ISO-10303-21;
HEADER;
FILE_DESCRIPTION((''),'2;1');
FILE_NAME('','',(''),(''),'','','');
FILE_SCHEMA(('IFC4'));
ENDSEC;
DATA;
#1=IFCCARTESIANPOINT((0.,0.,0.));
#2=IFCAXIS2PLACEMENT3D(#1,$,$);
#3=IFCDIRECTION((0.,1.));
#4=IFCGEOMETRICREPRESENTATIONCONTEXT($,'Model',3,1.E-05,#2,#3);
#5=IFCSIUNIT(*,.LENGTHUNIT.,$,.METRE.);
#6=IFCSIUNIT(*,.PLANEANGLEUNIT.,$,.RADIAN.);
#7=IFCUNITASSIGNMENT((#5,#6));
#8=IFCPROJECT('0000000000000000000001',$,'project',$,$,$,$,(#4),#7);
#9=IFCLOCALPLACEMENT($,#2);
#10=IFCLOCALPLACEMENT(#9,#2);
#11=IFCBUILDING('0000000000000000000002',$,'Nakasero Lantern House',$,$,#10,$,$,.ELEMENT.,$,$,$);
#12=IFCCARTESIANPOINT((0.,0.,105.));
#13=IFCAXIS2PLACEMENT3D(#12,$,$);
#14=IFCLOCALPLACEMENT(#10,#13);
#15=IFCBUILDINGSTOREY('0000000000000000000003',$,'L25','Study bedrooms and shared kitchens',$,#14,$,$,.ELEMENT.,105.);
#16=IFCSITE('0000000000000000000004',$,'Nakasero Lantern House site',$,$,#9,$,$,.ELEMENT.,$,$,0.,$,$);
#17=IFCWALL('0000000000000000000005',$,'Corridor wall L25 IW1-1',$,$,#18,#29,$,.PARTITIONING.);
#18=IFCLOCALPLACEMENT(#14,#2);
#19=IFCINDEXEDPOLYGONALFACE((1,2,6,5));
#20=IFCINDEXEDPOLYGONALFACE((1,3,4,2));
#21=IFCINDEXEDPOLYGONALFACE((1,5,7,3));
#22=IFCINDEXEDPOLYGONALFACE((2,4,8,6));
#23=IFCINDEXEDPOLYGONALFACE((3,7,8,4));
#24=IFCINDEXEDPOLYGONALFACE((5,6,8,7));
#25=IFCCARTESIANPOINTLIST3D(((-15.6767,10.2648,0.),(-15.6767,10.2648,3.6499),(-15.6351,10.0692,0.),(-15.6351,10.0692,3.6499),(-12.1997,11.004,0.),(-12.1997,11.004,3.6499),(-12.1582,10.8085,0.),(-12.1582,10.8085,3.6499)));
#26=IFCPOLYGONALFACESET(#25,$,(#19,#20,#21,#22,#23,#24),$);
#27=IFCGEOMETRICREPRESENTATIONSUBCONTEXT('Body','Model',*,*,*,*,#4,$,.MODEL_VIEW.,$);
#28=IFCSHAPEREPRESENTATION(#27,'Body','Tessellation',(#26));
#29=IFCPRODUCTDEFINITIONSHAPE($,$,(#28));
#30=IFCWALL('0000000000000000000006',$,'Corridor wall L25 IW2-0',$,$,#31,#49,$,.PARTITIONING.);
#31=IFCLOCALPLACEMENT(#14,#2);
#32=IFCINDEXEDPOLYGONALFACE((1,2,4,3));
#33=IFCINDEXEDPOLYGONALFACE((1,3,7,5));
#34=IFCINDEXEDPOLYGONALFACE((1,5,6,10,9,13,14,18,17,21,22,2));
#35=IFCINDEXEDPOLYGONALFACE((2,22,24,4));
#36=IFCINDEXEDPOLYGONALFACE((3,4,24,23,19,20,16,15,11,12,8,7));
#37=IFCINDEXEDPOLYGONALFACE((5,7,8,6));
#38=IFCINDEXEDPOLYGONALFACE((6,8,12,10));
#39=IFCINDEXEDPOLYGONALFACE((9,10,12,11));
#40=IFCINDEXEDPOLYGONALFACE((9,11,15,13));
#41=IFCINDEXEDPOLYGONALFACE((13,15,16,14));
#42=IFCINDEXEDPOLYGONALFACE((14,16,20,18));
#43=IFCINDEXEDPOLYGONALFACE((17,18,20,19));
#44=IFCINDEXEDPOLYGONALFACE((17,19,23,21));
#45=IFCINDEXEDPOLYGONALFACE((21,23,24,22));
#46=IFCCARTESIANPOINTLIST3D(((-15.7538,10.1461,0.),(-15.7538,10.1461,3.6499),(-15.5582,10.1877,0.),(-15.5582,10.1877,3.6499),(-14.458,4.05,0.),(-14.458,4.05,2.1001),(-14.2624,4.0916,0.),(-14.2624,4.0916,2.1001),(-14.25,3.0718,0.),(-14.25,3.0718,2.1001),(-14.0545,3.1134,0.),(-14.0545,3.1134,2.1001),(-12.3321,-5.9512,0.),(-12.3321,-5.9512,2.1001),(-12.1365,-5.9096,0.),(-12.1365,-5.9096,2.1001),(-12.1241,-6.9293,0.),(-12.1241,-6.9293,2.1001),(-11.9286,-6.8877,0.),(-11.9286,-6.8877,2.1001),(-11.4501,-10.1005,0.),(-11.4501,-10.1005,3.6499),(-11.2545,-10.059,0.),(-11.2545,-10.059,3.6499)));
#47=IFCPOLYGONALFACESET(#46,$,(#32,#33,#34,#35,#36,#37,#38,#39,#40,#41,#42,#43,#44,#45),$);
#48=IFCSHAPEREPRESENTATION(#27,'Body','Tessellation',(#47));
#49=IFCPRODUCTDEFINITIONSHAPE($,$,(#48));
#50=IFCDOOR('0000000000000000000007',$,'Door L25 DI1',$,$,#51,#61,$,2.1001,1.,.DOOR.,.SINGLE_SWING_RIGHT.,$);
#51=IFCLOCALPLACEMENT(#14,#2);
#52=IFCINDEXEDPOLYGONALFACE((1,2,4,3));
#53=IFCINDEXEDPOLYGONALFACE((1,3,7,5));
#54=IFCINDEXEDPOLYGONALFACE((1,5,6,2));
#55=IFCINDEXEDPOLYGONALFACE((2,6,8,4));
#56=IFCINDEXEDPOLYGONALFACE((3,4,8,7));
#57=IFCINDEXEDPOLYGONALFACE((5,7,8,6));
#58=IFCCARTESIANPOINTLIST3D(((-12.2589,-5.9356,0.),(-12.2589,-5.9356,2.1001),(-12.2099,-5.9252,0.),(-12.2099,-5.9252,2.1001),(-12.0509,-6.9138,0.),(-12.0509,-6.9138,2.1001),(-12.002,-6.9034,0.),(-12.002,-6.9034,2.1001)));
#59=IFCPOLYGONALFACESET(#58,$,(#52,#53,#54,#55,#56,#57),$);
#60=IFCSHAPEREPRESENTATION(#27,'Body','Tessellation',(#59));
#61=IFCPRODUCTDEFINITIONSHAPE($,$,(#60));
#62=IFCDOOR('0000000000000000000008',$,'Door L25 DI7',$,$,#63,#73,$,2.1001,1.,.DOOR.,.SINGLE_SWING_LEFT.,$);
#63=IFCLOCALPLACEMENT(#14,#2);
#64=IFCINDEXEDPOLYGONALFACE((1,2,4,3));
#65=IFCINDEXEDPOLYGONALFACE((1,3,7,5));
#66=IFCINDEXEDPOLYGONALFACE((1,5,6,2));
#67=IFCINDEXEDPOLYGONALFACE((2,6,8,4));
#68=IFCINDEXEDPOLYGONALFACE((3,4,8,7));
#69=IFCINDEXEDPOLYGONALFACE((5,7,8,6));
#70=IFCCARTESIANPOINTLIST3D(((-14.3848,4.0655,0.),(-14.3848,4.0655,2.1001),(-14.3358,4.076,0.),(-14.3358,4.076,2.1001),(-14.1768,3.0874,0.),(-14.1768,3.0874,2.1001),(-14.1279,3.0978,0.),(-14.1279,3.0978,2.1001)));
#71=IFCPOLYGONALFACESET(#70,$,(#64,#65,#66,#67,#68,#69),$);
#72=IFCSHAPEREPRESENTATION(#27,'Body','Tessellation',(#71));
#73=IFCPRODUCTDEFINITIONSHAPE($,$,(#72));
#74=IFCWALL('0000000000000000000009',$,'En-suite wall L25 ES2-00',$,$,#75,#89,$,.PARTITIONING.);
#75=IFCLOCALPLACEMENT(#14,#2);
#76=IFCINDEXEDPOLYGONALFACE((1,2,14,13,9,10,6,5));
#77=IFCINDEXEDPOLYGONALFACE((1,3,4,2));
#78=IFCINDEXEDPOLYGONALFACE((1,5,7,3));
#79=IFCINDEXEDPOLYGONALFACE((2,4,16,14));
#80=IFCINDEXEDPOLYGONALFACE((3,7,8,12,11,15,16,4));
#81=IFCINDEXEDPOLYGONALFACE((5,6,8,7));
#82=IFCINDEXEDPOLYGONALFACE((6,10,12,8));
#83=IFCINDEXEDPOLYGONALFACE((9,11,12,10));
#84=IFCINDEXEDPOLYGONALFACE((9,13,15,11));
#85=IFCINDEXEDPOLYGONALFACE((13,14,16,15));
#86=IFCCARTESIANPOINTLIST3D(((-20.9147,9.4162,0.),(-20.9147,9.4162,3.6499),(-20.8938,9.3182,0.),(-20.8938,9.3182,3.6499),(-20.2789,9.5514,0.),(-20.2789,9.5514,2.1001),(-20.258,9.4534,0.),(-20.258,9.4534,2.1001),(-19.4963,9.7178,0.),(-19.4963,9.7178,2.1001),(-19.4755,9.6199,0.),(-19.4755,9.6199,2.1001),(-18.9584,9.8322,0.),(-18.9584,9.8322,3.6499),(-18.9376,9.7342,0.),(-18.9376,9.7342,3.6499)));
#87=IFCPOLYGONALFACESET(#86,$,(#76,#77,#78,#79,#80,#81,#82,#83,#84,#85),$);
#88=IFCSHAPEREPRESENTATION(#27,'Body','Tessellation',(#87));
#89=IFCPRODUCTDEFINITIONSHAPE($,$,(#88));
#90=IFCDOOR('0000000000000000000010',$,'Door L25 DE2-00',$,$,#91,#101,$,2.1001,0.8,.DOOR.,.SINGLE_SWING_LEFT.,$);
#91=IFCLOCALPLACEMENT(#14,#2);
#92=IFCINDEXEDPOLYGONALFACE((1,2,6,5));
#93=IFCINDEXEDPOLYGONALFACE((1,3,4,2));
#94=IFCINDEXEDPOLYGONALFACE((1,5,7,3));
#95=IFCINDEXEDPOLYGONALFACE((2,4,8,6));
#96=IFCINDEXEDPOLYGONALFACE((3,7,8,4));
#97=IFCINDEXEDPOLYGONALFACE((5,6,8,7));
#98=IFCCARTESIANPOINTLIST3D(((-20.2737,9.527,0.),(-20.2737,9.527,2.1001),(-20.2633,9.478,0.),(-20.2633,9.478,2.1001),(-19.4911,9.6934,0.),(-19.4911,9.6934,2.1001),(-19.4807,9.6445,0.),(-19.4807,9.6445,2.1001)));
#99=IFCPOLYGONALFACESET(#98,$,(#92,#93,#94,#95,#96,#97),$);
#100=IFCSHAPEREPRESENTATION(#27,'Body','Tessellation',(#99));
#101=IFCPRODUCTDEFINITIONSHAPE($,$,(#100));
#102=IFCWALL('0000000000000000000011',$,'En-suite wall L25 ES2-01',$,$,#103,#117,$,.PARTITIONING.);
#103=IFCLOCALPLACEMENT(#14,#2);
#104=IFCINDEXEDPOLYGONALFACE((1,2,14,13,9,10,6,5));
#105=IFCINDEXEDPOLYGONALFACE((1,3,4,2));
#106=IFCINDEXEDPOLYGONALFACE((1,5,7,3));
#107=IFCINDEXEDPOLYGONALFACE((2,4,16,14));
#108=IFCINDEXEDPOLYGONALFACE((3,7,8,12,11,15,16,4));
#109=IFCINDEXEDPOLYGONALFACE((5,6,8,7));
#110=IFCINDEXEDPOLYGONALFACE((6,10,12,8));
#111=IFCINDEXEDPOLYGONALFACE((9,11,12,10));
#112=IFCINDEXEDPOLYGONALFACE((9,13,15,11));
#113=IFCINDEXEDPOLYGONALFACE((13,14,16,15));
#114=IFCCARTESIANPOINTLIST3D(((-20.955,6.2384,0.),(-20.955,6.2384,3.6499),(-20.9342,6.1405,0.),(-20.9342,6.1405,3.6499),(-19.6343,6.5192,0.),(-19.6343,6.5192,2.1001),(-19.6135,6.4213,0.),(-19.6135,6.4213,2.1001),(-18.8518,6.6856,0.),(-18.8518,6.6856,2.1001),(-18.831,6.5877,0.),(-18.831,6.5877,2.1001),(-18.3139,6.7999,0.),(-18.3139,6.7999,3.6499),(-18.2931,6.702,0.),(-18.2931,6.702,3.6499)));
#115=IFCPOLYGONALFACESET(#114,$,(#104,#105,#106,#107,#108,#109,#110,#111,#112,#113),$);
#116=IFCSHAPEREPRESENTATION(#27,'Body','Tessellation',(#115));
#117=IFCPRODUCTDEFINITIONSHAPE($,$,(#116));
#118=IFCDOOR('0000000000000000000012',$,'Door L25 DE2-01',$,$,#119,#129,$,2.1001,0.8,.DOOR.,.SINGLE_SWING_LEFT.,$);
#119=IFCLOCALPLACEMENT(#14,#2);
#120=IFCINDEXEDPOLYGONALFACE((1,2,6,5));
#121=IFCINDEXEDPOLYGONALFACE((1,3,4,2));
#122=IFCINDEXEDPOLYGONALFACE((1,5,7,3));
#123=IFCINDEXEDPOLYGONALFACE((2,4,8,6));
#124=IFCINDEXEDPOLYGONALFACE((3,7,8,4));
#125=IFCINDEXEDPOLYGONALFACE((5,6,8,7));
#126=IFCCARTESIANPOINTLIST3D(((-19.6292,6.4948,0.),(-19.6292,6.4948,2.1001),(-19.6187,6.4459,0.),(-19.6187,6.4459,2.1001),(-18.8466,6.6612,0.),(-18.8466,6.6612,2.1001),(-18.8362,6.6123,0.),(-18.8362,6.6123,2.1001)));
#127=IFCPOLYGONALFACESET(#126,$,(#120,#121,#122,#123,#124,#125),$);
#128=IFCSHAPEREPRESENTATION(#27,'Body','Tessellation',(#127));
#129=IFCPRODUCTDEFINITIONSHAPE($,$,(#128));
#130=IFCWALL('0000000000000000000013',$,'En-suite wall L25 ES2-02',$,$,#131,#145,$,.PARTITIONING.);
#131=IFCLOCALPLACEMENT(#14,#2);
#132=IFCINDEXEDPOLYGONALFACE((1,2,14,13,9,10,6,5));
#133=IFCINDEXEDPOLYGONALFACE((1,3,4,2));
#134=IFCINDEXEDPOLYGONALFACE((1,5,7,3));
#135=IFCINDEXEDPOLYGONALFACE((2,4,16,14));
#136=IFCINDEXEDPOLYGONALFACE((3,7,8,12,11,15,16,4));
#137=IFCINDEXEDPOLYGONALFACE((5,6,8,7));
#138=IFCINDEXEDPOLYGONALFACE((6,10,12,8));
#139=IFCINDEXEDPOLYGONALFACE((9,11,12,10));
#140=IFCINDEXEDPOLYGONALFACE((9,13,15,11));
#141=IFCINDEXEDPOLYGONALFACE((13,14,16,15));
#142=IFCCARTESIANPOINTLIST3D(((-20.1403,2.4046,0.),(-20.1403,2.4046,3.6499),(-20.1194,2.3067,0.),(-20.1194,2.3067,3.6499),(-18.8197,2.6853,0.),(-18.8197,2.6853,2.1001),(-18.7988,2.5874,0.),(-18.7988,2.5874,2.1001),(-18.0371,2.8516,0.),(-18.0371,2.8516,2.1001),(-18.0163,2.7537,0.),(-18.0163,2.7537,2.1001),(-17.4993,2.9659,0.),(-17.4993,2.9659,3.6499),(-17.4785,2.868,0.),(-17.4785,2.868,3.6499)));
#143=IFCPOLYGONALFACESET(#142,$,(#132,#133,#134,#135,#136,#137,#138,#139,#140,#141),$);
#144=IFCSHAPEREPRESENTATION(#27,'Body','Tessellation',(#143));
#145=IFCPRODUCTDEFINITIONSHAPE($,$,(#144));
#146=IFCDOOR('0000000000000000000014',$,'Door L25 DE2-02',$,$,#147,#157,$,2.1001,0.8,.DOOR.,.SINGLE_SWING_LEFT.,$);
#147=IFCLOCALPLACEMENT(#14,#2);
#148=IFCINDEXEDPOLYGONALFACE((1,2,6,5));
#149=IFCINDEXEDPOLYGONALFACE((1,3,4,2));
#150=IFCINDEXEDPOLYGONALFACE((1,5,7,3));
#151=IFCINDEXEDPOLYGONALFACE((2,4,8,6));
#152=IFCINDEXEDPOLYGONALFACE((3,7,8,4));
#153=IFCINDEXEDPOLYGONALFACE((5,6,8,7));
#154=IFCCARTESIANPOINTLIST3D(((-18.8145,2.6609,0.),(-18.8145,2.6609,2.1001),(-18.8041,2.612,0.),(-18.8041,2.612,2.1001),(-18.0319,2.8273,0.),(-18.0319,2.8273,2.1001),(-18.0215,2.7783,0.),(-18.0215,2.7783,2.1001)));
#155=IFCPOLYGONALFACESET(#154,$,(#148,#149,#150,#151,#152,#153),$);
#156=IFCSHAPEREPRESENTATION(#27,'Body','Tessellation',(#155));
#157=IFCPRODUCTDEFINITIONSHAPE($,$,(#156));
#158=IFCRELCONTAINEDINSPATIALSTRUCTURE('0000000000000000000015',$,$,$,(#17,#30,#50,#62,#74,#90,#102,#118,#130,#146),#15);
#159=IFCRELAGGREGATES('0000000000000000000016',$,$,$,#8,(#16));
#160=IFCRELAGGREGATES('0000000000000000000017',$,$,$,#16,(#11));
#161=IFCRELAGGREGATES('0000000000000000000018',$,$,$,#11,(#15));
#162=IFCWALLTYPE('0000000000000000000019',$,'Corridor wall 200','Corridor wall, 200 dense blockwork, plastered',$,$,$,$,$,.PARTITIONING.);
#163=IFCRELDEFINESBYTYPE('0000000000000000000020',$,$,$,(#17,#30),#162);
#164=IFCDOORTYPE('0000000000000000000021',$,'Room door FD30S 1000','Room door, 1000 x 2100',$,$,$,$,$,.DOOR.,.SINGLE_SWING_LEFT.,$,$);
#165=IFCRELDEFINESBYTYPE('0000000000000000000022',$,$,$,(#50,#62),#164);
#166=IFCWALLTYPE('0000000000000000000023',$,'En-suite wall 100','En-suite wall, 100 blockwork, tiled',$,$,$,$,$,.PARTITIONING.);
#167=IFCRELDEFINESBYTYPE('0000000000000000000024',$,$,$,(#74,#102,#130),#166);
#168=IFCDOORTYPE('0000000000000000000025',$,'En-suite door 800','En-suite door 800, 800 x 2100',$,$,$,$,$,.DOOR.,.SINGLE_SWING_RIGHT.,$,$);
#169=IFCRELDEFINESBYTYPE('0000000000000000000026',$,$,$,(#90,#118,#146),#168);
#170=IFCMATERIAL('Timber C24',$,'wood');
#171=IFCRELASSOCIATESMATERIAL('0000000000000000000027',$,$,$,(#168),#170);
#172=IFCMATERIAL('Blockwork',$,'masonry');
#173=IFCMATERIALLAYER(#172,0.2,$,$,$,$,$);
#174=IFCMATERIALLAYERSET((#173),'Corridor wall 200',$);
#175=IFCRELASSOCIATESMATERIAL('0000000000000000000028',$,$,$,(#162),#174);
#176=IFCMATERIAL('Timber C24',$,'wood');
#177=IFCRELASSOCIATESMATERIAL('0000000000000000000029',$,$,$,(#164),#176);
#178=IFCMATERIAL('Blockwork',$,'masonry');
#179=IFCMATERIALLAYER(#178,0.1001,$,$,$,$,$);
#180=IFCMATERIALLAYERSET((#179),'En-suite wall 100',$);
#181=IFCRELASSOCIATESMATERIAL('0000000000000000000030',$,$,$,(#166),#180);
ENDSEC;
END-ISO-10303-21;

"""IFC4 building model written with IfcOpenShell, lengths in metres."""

from ifc_helpers import new_model, si_unit, direction, frame, frame_2d, origin, place, context, subcontext, project, spatial, rectangle, extrude, material, layer, layer_set, type_object, element, fill, save


model = new_model("IFC4")

# Units and contexts
model_context = context("Model", 3, precision=1e-05, world=origin(), true_north=direction((0.0, 1.0)))
body_context = subcontext(model_context, "Body", "Model", "MODEL_VIEW")
ifc_project = project(units=[si_unit("LENGTHUNIT", "METRE"), si_unit("PLANEANGLEUNIT", "RADIAN")], contexts=[model_context])

# Site, building, storey
site_placement = place(None, origin())
site = spatial("IfcSite", under=ifc_project, at=site_placement, Name="Nakasero Lantern House site", CompositionType="ELEMENT", RefElevation=0.0)
building_placement = place(site_placement, origin())
building = spatial("IfcBuilding", under=site, at=building_placement, Name="Nakasero Lantern House", CompositionType="ELEMENT")
storey_placement = place(building_placement, frame((0.0, 0.0, 105.0)))
storey = spatial("IfcBuildingStorey", under=building, at=storey_placement, Name="L25", Description="Study bedrooms and shared kitchens", CompositionType="ELEMENT", Elevation=105.0)

# Shared definitions
ifc_material_1 = material(Name="Timber C24", Category="wood")
door_type_1 = type_object("IfcDoorType", Name="En-suite door 800", Description="En-suite door 800, 800 x 2100", OperationType="SINGLE_SWING_RIGHT", PredefinedType="DOOR", material=ifc_material_1)

# Wall
ifc_material_2 = material(Name="Blockwork", Category="masonry")
ifc_layer_1 = layer(ifc_material_2, 0.2)
ifc_layer_set_1 = layer_set([ifc_layer_1], Name="Corridor wall 200")
wall_type_1 = type_object("IfcWallType", Name="Corridor wall 200", Description="Corridor wall, 200 dense blockwork, plastered", PredefinedType="PARTITIONING", material=ifc_layer_set_1)
wall_1_placement = place(storey_placement, frame((-12.179, 10.9062, 0.0), z_axis=(0.0, 0.0, 1.0), x_axis=(-0.978137, -0.207962, 0.0)))
element("IfcWall", 1, at=wall_1_placement, inside=storey, type_object=wall_type_1, Name="Corridor wall L25 IW1-1", PredefinedType="PARTITIONING", context=body_context, shape_type="SweptSolid", body=[
    extrude(rectangle(XDim=3.5547, YDim=0.2, at=frame_2d((1.7773, 0.0))), origin(), (0.0, 0.0, 1.0), 3.6499),
])

# Wall, openings, doors
wall_2_placement = place(storey_placement, frame((-15.656, 10.167, 0.0), z_axis=(0.0, 0.0, 1.0), x_axis=(0.207919, -0.978146, 0.0)))
wall_2 = element("IfcWall", 2, at=wall_2_placement, inside=storey, type_object=wall_type_1, Name="Corridor wall L25 IW2-0", PredefinedType="PARTITIONING", context=body_context, shape_type="SweptSolid", body=[
    extrude(rectangle(XDim=20.699, YDim=0.2, at=frame_2d((10.3496, 0.0))), origin(), (0.0, 0.0, 1.0), 3.6499),
])
opening_1_placement = place(wall_2_placement, frame((16.457, 0.0, 0.0)))
opening_1 = element("IfcOpeningElement", 3, at=opening_1_placement, cuts=wall_2, PredefinedType="OPENING", context=body_context, shape_type="SweptSolid", body=[
    extrude(rectangle(XDim=1.0, YDim=2.1001, at=frame_2d((0.5, 1.05))), frame((0.0, 0.1199, 0.0), z_axis=(0.0, -1.0, 0.0), x_axis=(1.0, 0.0, 0.0)), (0.0, 0.0, 1.0), 0.24),
])
opening_2_placement = place(wall_2_placement, frame((6.2324, 0.0, 0.0)))
opening_2 = element("IfcOpeningElement", 4, at=opening_2_placement, cuts=wall_2, PredefinedType="OPENING", context=body_context, shape_type="SweptSolid", body=[
    extrude(rectangle(XDim=1.0, YDim=2.1001, at=frame_2d((0.5, 1.05))), frame((0.0, 0.1199, 0.0), z_axis=(0.0, -1.0, 0.0), x_axis=(1.0, 0.0, 0.0)), (0.0, 0.0, 1.0), 0.24),
])
ifc_material_3 = material(Name="Timber C24", Category="wood")
door_type_2 = type_object("IfcDoorType", Name="Room door FD30S 1000", Description="Room door, 1000 x 2100", OperationType="SINGLE_SWING_LEFT", PredefinedType="DOOR", material=ifc_material_3)
door_1_placement = place(opening_1_placement, origin())
door_1 = element("IfcDoor", 5, at=door_1_placement, inside=storey, type_object=door_type_2, Name="Door L25 DI1", OperationType="SINGLE_SWING_RIGHT", OverallHeight=2.1001, OverallWidth=1.0, PredefinedType="DOOR", context=body_context, shape_type="SweptSolid", body=[
    extrude(rectangle(XDim=1.0, YDim=2.1001, at=frame_2d((0.5, 1.05))), frame((0.0, 0.0249, 0.0), z_axis=(0.0, -1.0, 0.0), x_axis=(1.0, 0.0, 0.0)), (0.0, 0.0, 1.0), 0.05),
])
fill(opening_1, door_1)
door_2_placement = place(opening_2_placement, origin())
door_2 = element("IfcDoor", 6, at=door_2_placement, inside=storey, type_object=door_type_2, Name="Door L25 DI7", OperationType="SINGLE_SWING_LEFT", OverallHeight=2.1001, OverallWidth=1.0, PredefinedType="DOOR", context=body_context, shape_type="SweptSolid", body=[
    extrude(rectangle(XDim=1.0, YDim=2.1001, at=frame_2d((0.5, 1.05))), frame((0.0, 0.0249, 0.0), z_axis=(0.0, -1.0, 0.0), x_axis=(1.0, 0.0, 0.0)), (0.0, 0.0, 1.0), 0.05),
])
fill(opening_2, door_2)

# Walls, openings, doors
ifc_material_4 = material(Name="Blockwork", Category="masonry")
ifc_layer_2 = layer(ifc_material_4, 0.1001)
ifc_layer_set_2 = layer_set([ifc_layer_2], Name="En-suite wall 100")
wall_type_2 = type_object("IfcWallType", Name="En-suite wall 100", Description="En-suite wall, 100 blockwork, tiled", PredefinedType="PARTITIONING", material=ifc_layer_set_2)
wall_3_placement = place(storey_placement, frame((-18.948, 9.7832, 0.0), z_axis=(0.0, 0.0, 1.0), x_axis=(-0.978128, -0.208003, 0.0)))
wall_3 = element("IfcWall", 7, at=wall_3_placement, inside=storey, type_object=wall_type_2, Name="En-suite wall L25 ES2-00", PredefinedType="PARTITIONING", context=body_context, shape_type="SweptSolid", body=[
    extrude(rectangle(XDim=2.0, YDim=0.1001, at=frame_2d((1.0, 0.0))), origin(), (0.0, 0.0, 1.0), 3.6499),
])
opening_3_placement = place(wall_3_placement, frame((0.55, 0.0, 0.0)))
opening_3 = element("IfcOpeningElement", 8, at=opening_3_placement, cuts=wall_3, PredefinedType="OPENING", context=body_context, shape_type="SweptSolid", body=[
    extrude(rectangle(XDim=0.8, YDim=2.1001, at=frame_2d((0.3999, 1.05))), frame((0.0, 0.0701, 0.0), z_axis=(0.0, -1.0, 0.0), x_axis=(1.0, 0.0, 0.0)), (0.0, 0.0, 1.0), 0.1401),
])
door_3_placement = place(opening_3_placement, origin())
door_3 = element("IfcDoor", 9, at=door_3_placement, inside=storey, type_object=door_type_1, Name="Door L25 DE2-00", OperationType="SINGLE_SWING_LEFT", OverallHeight=2.1001, OverallWidth=0.8, PredefinedType="DOOR", context=body_context, shape_type="SweptSolid", body=[
    extrude(rectangle(XDim=0.8, YDim=2.1001, at=frame_2d((0.3999, 1.05))), frame((0.0, 0.0249, 0.0), z_axis=(0.0, -1.0, 0.0), x_axis=(1.0, 0.0, 0.0)), (0.0, 0.0, 1.0), 0.05),
])
fill(opening_3, door_3)
wall_4_placement = place(storey_placement, frame((-18.3035, 6.751, 0.0), z_axis=(0.0, 0.0, 1.0), x_axis=(-0.978137, -0.20796, 0.0)))
wall_4 = element("IfcWall", 10, at=wall_4_placement, inside=storey, type_object=wall_type_2, Name="En-suite wall L25 ES2-01", PredefinedType="PARTITIONING", context=body_context, shape_type="SweptSolid", body=[
    extrude(rectangle(XDim=2.7002, YDim=0.1001, at=frame_2d((1.3501, 0.0))), origin(), (0.0, 0.0, 1.0), 3.6499),
])
opening_4_placement = place(wall_4_placement, frame((0.55, 0.0, 0.0)))
opening_4 = element("IfcOpeningElement", 11, at=opening_4_placement, cuts=wall_4, PredefinedType="OPENING", context=body_context, shape_type="SweptSolid", body=[
    extrude(rectangle(XDim=0.8, YDim=2.1001, at=frame_2d((0.3999, 1.05))), frame((0.0, 0.0701, 0.0), z_axis=(0.0, -1.0, 0.0), x_axis=(1.0, 0.0, 0.0)), (0.0, 0.0, 1.0), 0.1401),
])
door_4_placement = place(opening_4_placement, origin())
door_4 = element("IfcDoor", 12, at=door_4_placement, inside=storey, type_object=door_type_1, Name="Door L25 DE2-01", OperationType="SINGLE_SWING_LEFT", OverallHeight=2.1001, OverallWidth=0.8, PredefinedType="DOOR", context=body_context, shape_type="SweptSolid", body=[
    extrude(rectangle(XDim=0.8, YDim=2.1001, at=frame_2d((0.3999, 1.05))), frame((0.0, 0.0249, 0.0), z_axis=(0.0, -1.0, 0.0), x_axis=(1.0, 0.0, 0.0)), (0.0, 0.0, 1.0), 0.05),
])
fill(opening_4, door_4)
wall_5_placement = place(storey_placement, frame((-17.4888, 2.917, 0.0), z_axis=(0.0, 0.0, 1.0), x_axis=(-0.978152, -0.207892, 0.0)))
wall_5 = element("IfcWall", 13, at=wall_5_placement, inside=storey, type_object=wall_type_2, Name="En-suite wall L25 ES2-02", PredefinedType="PARTITIONING", context=body_context, shape_type="SweptSolid", body=[
    extrude(rectangle(XDim=2.7, YDim=0.1001, at=frame_2d((1.3501, 0.0))), origin(), (0.0, 0.0, 1.0), 3.6499),
])
opening_5_placement = place(wall_5_placement, frame((0.55, 0.0, 0.0)))
opening_5 = element("IfcOpeningElement", 14, at=opening_5_placement, cuts=wall_5, PredefinedType="OPENING", context=body_context, shape_type="SweptSolid", body=[
    extrude(rectangle(XDim=0.8, YDim=2.1001, at=frame_2d((0.3999, 1.05))), frame((0.0, 0.0701, 0.0), z_axis=(0.0, -1.0, 0.0), x_axis=(1.0, 0.0, 0.0)), (0.0, 0.0, 1.0), 0.1401),
])
door_5_placement = place(opening_5_placement, origin())
door_5 = element("IfcDoor", 15, at=door_5_placement, inside=storey, type_object=door_type_1, Name="Door L25 DE2-02", OperationType="SINGLE_SWING_LEFT", OverallHeight=2.1001, OverallWidth=0.8, PredefinedType="DOOR", context=body_context, shape_type="SweptSolid", body=[
    extrude(rectangle(XDim=0.8, YDim=2.1001, at=frame_2d((0.3999, 1.05))), frame((0.0, 0.0249, 0.0), z_axis=(0.0, -1.0, 0.0), x_axis=(1.0, 0.0, 0.0)), (0.0, 0.0, 1.0), 0.05),
])
fill(opening_5, door_5)

save(model, "model.ifc")
